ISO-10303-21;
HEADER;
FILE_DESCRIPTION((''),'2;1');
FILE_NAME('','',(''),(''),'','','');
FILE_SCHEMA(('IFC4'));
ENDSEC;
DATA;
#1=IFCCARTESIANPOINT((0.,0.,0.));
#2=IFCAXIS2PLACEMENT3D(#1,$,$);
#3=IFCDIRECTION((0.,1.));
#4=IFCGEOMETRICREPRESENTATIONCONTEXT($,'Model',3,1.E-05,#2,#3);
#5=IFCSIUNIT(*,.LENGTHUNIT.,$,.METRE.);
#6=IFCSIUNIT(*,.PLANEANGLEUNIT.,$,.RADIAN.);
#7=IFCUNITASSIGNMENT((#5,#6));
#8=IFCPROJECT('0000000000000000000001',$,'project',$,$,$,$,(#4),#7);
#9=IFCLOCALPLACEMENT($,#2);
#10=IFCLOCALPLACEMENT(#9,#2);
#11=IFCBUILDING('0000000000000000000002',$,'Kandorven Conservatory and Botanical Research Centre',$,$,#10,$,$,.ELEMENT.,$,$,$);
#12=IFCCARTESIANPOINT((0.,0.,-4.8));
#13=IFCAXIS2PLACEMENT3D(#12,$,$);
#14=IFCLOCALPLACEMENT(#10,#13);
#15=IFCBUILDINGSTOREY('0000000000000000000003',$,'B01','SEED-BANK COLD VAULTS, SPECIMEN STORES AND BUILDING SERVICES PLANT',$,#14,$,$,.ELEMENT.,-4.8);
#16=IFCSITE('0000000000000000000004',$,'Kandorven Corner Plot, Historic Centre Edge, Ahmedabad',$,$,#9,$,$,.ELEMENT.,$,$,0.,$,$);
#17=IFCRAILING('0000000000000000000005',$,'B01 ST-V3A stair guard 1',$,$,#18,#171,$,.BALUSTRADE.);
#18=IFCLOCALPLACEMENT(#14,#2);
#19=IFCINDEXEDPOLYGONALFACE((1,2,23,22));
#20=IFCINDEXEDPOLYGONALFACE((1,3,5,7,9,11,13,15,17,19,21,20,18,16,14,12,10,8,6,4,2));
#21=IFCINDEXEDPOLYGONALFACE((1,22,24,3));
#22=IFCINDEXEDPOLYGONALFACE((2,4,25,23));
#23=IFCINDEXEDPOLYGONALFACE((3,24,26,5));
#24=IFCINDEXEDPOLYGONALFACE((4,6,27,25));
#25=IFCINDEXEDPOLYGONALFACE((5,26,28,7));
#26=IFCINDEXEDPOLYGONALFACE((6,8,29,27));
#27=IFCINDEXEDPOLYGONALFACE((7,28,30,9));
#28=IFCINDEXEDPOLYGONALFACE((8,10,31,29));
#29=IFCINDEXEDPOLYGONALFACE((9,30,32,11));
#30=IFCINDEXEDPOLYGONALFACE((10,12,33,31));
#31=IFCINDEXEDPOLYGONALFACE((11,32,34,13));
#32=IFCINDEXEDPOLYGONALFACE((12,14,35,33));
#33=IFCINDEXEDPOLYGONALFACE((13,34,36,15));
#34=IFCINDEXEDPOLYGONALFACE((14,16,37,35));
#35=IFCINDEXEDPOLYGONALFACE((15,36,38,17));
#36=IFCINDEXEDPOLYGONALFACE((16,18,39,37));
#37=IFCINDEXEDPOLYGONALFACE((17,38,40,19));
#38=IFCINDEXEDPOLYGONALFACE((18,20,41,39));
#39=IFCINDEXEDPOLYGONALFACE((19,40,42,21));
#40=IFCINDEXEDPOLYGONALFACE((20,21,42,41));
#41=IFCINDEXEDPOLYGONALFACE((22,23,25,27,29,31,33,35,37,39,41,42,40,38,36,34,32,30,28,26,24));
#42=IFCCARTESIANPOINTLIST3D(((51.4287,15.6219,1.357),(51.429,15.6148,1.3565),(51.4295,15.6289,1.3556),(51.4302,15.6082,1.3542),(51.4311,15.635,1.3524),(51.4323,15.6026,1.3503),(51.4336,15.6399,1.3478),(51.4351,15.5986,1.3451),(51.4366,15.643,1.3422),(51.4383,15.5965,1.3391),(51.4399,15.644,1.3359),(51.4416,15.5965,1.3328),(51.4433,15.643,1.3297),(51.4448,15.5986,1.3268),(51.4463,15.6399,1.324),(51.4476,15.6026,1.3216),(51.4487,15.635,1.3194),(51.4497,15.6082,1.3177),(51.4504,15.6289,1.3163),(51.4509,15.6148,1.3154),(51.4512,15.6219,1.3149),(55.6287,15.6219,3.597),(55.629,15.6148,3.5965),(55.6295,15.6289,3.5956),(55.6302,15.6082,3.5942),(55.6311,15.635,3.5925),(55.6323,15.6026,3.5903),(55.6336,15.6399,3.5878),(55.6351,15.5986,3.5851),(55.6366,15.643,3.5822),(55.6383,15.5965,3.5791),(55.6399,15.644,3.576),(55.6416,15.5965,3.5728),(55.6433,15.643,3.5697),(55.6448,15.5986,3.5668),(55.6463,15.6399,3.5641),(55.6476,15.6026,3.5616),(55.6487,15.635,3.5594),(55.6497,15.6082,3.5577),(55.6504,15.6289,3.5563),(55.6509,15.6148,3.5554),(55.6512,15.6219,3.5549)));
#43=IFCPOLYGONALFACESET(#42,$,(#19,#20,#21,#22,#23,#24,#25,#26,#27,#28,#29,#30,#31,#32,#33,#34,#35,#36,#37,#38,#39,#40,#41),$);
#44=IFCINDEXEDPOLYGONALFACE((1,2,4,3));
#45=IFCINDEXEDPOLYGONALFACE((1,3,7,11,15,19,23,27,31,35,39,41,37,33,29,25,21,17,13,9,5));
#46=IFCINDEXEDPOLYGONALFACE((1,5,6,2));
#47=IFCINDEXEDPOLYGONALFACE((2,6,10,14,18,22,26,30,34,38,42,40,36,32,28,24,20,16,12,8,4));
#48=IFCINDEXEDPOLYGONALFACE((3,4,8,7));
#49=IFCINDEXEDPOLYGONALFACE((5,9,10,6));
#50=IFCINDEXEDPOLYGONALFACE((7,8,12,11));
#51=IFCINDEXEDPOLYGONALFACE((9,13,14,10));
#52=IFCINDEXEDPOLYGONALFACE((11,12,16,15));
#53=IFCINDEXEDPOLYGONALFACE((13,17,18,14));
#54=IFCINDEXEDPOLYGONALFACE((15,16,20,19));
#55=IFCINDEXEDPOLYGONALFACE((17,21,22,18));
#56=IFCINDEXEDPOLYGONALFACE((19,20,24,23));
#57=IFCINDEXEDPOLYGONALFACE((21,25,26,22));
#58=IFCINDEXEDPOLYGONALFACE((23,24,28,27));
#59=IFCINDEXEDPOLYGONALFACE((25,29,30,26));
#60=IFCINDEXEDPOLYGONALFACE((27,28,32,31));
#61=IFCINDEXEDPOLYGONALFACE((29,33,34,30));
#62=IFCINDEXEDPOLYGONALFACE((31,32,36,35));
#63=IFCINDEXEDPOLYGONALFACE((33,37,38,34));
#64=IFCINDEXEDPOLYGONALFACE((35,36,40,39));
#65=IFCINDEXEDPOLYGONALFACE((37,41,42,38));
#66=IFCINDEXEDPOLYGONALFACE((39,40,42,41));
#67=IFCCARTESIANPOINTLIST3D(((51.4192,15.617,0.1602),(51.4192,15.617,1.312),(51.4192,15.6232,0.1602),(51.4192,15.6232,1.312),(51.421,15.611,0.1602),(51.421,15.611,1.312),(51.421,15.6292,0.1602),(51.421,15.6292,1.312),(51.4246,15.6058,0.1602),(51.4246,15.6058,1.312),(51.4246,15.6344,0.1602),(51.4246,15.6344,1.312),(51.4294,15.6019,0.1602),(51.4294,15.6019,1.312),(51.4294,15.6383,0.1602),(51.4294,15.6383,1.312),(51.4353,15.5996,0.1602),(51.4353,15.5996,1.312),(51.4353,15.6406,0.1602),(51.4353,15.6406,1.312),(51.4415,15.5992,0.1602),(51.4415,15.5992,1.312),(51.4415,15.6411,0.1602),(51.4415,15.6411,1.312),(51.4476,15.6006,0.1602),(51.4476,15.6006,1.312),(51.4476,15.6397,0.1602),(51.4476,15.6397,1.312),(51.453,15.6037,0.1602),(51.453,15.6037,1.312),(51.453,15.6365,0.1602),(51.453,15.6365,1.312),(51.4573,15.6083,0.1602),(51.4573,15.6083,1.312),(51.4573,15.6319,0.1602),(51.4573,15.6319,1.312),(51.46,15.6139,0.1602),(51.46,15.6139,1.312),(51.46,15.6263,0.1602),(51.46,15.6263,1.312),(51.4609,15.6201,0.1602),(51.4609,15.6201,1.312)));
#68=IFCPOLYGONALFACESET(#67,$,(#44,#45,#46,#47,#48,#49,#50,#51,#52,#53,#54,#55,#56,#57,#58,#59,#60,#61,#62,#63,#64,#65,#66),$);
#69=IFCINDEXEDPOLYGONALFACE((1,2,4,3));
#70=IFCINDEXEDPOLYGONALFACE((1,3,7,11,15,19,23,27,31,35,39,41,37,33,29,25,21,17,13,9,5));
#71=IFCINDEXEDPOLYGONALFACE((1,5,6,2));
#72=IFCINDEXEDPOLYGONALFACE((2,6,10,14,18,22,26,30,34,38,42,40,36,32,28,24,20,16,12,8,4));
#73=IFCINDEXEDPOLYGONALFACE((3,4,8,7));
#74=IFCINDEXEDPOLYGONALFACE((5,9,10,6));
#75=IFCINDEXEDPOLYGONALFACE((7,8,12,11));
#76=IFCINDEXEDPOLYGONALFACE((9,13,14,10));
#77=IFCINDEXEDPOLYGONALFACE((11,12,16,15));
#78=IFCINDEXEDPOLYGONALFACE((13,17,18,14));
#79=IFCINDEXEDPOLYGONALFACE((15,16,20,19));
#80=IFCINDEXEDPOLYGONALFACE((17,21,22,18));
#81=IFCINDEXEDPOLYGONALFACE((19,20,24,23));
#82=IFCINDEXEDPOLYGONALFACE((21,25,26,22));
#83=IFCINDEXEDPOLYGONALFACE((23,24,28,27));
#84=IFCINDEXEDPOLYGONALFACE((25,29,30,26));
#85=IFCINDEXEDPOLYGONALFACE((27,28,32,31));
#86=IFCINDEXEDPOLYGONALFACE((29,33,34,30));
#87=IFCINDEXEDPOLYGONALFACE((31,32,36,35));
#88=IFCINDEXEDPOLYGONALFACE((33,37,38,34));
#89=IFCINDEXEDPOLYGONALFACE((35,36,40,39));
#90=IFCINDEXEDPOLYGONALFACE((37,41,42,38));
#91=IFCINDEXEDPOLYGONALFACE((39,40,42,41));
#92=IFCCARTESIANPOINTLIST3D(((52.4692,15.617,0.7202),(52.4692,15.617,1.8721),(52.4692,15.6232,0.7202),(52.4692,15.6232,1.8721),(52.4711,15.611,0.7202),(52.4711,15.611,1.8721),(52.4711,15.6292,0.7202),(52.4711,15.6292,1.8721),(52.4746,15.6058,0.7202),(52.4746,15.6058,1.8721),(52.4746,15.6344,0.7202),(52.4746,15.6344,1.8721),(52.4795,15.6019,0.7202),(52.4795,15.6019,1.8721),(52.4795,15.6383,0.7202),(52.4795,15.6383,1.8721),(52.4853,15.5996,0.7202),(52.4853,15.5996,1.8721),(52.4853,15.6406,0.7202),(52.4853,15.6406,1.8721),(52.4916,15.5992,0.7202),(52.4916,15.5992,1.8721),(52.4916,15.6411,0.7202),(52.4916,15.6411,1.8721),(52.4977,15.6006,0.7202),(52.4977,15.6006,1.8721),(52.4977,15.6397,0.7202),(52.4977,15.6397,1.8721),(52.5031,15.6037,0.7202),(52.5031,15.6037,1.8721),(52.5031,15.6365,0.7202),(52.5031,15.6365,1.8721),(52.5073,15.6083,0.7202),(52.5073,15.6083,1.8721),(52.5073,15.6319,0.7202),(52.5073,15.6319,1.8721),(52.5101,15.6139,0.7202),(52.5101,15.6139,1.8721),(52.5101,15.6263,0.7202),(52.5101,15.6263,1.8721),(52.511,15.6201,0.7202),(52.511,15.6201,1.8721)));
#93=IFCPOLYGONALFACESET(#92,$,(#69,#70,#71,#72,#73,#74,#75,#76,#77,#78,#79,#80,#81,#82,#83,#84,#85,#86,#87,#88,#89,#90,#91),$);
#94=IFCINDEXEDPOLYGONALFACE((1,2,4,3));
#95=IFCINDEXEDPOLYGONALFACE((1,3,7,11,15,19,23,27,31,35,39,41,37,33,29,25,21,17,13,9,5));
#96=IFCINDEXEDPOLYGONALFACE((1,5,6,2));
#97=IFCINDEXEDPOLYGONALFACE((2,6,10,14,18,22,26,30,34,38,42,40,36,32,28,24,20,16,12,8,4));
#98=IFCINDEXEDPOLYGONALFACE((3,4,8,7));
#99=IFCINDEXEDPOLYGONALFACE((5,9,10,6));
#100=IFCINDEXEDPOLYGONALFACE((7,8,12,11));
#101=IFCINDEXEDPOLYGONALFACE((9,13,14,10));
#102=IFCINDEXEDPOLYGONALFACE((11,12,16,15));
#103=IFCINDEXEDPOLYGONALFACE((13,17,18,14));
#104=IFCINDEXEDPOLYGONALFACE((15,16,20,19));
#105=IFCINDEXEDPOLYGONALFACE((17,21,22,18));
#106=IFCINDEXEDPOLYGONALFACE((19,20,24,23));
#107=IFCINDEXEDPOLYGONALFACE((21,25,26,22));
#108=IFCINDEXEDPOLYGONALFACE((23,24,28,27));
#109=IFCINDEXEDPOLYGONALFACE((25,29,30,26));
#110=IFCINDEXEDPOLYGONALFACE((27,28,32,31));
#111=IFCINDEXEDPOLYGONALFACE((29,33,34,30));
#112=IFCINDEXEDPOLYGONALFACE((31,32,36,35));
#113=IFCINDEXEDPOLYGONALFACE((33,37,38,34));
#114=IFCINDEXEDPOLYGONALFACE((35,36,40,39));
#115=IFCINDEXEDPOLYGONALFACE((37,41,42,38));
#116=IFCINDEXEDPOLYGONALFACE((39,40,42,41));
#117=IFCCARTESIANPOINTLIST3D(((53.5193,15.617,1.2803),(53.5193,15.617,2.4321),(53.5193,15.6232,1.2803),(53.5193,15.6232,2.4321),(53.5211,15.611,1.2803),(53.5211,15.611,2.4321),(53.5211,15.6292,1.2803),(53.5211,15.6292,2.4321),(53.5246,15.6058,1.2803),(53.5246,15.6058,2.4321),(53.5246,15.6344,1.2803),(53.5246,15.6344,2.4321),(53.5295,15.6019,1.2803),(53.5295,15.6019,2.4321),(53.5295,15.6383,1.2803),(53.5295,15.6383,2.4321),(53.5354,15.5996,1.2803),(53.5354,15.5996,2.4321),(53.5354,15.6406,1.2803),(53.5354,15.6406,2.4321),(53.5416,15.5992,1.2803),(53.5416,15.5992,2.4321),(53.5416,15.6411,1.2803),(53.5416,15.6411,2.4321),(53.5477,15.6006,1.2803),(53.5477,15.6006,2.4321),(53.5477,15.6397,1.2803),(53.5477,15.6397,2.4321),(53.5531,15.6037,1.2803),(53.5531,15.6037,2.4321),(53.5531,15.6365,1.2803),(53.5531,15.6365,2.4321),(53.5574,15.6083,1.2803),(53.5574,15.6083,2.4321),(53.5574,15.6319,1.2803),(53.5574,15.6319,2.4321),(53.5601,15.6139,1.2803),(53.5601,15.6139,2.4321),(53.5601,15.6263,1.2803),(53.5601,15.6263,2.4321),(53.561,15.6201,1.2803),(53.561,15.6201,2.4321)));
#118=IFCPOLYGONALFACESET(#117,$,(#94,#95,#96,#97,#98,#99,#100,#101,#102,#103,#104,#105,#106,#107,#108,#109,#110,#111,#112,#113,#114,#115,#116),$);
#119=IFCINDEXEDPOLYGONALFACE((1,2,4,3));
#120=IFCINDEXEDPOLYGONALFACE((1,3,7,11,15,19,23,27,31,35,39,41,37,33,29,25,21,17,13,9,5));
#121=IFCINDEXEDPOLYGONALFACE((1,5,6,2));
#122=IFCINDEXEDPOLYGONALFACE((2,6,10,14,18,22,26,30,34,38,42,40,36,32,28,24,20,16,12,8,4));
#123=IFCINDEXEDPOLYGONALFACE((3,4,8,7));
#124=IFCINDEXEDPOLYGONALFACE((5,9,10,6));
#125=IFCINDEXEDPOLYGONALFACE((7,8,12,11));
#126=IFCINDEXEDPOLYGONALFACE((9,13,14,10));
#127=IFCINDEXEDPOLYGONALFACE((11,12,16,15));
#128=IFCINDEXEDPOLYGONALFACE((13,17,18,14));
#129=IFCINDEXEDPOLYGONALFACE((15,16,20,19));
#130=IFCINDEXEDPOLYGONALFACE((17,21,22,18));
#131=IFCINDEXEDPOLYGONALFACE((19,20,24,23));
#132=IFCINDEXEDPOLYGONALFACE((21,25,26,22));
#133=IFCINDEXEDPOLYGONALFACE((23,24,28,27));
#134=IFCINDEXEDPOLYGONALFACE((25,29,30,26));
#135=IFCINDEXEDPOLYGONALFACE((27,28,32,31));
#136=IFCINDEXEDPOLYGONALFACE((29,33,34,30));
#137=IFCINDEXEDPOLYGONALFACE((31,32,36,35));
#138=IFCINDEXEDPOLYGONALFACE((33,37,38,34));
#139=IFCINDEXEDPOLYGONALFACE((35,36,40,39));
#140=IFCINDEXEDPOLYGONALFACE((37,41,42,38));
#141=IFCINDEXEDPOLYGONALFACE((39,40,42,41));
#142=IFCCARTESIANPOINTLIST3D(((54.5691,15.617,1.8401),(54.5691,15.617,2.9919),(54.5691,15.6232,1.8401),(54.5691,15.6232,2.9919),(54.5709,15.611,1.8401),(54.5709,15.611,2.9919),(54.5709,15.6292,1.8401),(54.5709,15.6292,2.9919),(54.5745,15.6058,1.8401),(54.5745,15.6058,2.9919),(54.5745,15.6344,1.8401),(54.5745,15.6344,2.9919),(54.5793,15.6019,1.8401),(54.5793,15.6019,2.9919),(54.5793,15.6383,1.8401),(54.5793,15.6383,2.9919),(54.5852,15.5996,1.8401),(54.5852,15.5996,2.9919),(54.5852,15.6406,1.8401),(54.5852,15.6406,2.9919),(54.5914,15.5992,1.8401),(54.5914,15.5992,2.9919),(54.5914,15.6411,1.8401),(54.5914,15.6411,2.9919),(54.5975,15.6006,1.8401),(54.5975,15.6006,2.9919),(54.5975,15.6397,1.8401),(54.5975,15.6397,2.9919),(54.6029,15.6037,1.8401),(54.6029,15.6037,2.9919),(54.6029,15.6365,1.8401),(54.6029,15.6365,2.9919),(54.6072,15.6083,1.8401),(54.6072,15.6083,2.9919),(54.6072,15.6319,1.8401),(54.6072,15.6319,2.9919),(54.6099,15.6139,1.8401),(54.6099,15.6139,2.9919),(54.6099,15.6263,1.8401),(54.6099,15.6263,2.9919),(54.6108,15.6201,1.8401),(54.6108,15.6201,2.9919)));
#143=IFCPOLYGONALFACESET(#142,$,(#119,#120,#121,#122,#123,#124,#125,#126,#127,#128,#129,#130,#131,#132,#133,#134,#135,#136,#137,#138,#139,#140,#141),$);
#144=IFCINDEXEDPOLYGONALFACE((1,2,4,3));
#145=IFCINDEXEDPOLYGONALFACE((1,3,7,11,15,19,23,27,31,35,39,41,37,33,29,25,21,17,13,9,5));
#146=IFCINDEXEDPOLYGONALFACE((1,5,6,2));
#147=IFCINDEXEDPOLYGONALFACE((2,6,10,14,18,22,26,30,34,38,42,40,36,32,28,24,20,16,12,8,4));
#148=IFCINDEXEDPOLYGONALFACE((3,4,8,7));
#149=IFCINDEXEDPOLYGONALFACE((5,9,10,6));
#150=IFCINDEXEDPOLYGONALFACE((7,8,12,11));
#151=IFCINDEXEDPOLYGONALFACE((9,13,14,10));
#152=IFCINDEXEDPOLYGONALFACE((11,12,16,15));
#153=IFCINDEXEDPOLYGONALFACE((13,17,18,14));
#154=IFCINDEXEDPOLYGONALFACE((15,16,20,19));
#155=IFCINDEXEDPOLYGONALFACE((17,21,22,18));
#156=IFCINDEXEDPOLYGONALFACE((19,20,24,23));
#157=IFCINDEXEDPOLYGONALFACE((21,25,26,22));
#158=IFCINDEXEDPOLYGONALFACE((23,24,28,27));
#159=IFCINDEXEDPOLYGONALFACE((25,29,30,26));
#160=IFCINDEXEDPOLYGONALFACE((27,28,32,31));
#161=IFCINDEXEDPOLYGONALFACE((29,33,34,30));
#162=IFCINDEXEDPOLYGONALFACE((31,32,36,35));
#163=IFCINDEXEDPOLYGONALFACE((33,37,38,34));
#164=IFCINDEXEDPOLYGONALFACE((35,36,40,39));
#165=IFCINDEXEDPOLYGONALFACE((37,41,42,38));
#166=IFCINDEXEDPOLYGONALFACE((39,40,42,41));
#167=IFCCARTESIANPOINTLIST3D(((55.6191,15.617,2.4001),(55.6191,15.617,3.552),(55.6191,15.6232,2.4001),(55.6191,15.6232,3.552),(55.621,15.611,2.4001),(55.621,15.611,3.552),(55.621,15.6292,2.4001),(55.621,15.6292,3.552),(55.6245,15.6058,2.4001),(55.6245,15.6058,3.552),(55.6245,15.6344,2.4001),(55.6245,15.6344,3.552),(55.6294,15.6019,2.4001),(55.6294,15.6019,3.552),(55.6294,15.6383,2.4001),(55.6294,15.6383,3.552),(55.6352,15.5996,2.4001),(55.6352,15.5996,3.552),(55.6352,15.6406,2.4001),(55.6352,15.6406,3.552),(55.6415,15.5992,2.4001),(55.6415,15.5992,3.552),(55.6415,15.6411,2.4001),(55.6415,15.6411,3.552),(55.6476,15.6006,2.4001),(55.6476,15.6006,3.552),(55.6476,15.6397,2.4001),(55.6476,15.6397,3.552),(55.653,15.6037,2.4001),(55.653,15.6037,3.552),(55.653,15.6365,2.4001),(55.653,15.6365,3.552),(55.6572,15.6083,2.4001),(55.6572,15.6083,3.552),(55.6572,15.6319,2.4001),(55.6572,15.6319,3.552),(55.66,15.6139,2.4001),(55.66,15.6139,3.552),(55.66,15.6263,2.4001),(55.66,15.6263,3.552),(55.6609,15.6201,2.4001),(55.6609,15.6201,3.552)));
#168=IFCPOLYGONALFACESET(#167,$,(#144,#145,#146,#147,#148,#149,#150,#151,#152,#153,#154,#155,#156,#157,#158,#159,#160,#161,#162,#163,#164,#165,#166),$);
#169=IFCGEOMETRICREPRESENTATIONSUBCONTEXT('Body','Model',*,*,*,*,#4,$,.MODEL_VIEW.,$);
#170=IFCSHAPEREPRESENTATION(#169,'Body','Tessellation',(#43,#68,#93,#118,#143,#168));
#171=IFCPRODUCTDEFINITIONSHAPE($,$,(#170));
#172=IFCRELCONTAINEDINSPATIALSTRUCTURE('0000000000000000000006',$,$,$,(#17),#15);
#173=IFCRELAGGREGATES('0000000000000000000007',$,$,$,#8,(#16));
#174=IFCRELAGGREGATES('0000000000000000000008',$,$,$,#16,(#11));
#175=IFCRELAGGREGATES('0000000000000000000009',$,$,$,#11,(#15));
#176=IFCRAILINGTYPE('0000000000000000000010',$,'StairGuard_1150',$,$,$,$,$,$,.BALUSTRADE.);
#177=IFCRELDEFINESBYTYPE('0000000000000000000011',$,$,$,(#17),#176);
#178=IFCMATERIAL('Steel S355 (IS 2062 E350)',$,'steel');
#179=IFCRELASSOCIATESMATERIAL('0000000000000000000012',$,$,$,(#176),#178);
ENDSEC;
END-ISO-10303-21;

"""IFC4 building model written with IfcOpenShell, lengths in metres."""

from ifc_helpers import new_model, si_unit, direction, frame, origin, origin_2d, place, context, subcontext, project, spatial, circle, extrude, material, type_object, element, save


model = new_model("IFC4")

# Units and contexts
model_context = context("Model", 3, precision=1e-05, world=origin(), true_north=direction((0.0, 1.0)))
body_context = subcontext(model_context, "Body", "Model", "MODEL_VIEW")
ifc_project = project(units=[si_unit("LENGTHUNIT", "METRE"), si_unit("PLANEANGLEUNIT", "RADIAN")], contexts=[model_context])

# Site, building, storey
site_placement = place(None, origin())
site = spatial("IfcSite", under=ifc_project, at=site_placement, Name="Kandorven Corner Plot, Historic Centre Edge, Ahmedabad", CompositionType="ELEMENT", RefElevation=0.0)
building_placement = place(site_placement, origin())
building = spatial("IfcBuilding", under=site, at=building_placement, Name="Kandorven Conservatory and Botanical Research Centre", CompositionType="ELEMENT")
storey_placement = place(building_placement, frame((0.0, 0.0, -4.8)))
storey = spatial("IfcBuildingStorey", under=building, at=storey_placement, Name="B01", Description="SEED-BANK COLD VAULTS, SPECIMEN STORES AND BUILDING SERVICES PLANT", CompositionType="ELEMENT", Elevation=-4.8)

# Railing
ifc_material_1 = material(Name="Steel S355 (IS 2062 E350)", Category="steel")
railing_type_1 = type_object("IfcRailingType", Name="StairGuard_1150", PredefinedType="BALUSTRADE", material=ifc_material_1)
railing_1_placement = place(storey_placement, frame((51.4399, 15.6201, 0.1602)))
element("IfcRailing", 1, at=railing_1_placement, inside=storey, type_object=railing_type_1, Name="B01 ST-V3A stair guard 1", PredefinedType="BALUSTRADE", context=body_context, shape_type="SweptSolid", body=[
    extrude(circle(Radius=0.0239, at=origin_2d()), frame((0.0, 0.0, 1.1758), z_axis=(0.882352, 0.0, 0.470591), x_axis=(0.0, 1.0, 0.0)), (0.0, 0.0, 1.0), 4.76),
    extrude(circle(Radius=0.021, at=origin_2d()), origin(), (0.0, 0.0, 1.0), 1.1519),
    extrude(circle(Radius=0.021, at=origin_2d()), frame((1.05, 0.0, 0.5601)), (0.0, 0.0, 1.0), 1.1519),
    extrude(circle(Radius=0.021, at=origin_2d()), frame((2.1001, 0.0, 1.1201)), (0.0, 0.0, 1.0), 1.1519),
    extrude(circle(Radius=0.021, at=origin_2d()), frame((3.1499, 0.0, 1.6799)), (0.0, 0.0, 1.0), 1.1519),
    extrude(circle(Radius=0.021, at=origin_2d()), frame((4.2, 0.0, 2.24)), (0.0, 0.0, 1.0), 1.1519),
])

save(model, "model.ifc")
